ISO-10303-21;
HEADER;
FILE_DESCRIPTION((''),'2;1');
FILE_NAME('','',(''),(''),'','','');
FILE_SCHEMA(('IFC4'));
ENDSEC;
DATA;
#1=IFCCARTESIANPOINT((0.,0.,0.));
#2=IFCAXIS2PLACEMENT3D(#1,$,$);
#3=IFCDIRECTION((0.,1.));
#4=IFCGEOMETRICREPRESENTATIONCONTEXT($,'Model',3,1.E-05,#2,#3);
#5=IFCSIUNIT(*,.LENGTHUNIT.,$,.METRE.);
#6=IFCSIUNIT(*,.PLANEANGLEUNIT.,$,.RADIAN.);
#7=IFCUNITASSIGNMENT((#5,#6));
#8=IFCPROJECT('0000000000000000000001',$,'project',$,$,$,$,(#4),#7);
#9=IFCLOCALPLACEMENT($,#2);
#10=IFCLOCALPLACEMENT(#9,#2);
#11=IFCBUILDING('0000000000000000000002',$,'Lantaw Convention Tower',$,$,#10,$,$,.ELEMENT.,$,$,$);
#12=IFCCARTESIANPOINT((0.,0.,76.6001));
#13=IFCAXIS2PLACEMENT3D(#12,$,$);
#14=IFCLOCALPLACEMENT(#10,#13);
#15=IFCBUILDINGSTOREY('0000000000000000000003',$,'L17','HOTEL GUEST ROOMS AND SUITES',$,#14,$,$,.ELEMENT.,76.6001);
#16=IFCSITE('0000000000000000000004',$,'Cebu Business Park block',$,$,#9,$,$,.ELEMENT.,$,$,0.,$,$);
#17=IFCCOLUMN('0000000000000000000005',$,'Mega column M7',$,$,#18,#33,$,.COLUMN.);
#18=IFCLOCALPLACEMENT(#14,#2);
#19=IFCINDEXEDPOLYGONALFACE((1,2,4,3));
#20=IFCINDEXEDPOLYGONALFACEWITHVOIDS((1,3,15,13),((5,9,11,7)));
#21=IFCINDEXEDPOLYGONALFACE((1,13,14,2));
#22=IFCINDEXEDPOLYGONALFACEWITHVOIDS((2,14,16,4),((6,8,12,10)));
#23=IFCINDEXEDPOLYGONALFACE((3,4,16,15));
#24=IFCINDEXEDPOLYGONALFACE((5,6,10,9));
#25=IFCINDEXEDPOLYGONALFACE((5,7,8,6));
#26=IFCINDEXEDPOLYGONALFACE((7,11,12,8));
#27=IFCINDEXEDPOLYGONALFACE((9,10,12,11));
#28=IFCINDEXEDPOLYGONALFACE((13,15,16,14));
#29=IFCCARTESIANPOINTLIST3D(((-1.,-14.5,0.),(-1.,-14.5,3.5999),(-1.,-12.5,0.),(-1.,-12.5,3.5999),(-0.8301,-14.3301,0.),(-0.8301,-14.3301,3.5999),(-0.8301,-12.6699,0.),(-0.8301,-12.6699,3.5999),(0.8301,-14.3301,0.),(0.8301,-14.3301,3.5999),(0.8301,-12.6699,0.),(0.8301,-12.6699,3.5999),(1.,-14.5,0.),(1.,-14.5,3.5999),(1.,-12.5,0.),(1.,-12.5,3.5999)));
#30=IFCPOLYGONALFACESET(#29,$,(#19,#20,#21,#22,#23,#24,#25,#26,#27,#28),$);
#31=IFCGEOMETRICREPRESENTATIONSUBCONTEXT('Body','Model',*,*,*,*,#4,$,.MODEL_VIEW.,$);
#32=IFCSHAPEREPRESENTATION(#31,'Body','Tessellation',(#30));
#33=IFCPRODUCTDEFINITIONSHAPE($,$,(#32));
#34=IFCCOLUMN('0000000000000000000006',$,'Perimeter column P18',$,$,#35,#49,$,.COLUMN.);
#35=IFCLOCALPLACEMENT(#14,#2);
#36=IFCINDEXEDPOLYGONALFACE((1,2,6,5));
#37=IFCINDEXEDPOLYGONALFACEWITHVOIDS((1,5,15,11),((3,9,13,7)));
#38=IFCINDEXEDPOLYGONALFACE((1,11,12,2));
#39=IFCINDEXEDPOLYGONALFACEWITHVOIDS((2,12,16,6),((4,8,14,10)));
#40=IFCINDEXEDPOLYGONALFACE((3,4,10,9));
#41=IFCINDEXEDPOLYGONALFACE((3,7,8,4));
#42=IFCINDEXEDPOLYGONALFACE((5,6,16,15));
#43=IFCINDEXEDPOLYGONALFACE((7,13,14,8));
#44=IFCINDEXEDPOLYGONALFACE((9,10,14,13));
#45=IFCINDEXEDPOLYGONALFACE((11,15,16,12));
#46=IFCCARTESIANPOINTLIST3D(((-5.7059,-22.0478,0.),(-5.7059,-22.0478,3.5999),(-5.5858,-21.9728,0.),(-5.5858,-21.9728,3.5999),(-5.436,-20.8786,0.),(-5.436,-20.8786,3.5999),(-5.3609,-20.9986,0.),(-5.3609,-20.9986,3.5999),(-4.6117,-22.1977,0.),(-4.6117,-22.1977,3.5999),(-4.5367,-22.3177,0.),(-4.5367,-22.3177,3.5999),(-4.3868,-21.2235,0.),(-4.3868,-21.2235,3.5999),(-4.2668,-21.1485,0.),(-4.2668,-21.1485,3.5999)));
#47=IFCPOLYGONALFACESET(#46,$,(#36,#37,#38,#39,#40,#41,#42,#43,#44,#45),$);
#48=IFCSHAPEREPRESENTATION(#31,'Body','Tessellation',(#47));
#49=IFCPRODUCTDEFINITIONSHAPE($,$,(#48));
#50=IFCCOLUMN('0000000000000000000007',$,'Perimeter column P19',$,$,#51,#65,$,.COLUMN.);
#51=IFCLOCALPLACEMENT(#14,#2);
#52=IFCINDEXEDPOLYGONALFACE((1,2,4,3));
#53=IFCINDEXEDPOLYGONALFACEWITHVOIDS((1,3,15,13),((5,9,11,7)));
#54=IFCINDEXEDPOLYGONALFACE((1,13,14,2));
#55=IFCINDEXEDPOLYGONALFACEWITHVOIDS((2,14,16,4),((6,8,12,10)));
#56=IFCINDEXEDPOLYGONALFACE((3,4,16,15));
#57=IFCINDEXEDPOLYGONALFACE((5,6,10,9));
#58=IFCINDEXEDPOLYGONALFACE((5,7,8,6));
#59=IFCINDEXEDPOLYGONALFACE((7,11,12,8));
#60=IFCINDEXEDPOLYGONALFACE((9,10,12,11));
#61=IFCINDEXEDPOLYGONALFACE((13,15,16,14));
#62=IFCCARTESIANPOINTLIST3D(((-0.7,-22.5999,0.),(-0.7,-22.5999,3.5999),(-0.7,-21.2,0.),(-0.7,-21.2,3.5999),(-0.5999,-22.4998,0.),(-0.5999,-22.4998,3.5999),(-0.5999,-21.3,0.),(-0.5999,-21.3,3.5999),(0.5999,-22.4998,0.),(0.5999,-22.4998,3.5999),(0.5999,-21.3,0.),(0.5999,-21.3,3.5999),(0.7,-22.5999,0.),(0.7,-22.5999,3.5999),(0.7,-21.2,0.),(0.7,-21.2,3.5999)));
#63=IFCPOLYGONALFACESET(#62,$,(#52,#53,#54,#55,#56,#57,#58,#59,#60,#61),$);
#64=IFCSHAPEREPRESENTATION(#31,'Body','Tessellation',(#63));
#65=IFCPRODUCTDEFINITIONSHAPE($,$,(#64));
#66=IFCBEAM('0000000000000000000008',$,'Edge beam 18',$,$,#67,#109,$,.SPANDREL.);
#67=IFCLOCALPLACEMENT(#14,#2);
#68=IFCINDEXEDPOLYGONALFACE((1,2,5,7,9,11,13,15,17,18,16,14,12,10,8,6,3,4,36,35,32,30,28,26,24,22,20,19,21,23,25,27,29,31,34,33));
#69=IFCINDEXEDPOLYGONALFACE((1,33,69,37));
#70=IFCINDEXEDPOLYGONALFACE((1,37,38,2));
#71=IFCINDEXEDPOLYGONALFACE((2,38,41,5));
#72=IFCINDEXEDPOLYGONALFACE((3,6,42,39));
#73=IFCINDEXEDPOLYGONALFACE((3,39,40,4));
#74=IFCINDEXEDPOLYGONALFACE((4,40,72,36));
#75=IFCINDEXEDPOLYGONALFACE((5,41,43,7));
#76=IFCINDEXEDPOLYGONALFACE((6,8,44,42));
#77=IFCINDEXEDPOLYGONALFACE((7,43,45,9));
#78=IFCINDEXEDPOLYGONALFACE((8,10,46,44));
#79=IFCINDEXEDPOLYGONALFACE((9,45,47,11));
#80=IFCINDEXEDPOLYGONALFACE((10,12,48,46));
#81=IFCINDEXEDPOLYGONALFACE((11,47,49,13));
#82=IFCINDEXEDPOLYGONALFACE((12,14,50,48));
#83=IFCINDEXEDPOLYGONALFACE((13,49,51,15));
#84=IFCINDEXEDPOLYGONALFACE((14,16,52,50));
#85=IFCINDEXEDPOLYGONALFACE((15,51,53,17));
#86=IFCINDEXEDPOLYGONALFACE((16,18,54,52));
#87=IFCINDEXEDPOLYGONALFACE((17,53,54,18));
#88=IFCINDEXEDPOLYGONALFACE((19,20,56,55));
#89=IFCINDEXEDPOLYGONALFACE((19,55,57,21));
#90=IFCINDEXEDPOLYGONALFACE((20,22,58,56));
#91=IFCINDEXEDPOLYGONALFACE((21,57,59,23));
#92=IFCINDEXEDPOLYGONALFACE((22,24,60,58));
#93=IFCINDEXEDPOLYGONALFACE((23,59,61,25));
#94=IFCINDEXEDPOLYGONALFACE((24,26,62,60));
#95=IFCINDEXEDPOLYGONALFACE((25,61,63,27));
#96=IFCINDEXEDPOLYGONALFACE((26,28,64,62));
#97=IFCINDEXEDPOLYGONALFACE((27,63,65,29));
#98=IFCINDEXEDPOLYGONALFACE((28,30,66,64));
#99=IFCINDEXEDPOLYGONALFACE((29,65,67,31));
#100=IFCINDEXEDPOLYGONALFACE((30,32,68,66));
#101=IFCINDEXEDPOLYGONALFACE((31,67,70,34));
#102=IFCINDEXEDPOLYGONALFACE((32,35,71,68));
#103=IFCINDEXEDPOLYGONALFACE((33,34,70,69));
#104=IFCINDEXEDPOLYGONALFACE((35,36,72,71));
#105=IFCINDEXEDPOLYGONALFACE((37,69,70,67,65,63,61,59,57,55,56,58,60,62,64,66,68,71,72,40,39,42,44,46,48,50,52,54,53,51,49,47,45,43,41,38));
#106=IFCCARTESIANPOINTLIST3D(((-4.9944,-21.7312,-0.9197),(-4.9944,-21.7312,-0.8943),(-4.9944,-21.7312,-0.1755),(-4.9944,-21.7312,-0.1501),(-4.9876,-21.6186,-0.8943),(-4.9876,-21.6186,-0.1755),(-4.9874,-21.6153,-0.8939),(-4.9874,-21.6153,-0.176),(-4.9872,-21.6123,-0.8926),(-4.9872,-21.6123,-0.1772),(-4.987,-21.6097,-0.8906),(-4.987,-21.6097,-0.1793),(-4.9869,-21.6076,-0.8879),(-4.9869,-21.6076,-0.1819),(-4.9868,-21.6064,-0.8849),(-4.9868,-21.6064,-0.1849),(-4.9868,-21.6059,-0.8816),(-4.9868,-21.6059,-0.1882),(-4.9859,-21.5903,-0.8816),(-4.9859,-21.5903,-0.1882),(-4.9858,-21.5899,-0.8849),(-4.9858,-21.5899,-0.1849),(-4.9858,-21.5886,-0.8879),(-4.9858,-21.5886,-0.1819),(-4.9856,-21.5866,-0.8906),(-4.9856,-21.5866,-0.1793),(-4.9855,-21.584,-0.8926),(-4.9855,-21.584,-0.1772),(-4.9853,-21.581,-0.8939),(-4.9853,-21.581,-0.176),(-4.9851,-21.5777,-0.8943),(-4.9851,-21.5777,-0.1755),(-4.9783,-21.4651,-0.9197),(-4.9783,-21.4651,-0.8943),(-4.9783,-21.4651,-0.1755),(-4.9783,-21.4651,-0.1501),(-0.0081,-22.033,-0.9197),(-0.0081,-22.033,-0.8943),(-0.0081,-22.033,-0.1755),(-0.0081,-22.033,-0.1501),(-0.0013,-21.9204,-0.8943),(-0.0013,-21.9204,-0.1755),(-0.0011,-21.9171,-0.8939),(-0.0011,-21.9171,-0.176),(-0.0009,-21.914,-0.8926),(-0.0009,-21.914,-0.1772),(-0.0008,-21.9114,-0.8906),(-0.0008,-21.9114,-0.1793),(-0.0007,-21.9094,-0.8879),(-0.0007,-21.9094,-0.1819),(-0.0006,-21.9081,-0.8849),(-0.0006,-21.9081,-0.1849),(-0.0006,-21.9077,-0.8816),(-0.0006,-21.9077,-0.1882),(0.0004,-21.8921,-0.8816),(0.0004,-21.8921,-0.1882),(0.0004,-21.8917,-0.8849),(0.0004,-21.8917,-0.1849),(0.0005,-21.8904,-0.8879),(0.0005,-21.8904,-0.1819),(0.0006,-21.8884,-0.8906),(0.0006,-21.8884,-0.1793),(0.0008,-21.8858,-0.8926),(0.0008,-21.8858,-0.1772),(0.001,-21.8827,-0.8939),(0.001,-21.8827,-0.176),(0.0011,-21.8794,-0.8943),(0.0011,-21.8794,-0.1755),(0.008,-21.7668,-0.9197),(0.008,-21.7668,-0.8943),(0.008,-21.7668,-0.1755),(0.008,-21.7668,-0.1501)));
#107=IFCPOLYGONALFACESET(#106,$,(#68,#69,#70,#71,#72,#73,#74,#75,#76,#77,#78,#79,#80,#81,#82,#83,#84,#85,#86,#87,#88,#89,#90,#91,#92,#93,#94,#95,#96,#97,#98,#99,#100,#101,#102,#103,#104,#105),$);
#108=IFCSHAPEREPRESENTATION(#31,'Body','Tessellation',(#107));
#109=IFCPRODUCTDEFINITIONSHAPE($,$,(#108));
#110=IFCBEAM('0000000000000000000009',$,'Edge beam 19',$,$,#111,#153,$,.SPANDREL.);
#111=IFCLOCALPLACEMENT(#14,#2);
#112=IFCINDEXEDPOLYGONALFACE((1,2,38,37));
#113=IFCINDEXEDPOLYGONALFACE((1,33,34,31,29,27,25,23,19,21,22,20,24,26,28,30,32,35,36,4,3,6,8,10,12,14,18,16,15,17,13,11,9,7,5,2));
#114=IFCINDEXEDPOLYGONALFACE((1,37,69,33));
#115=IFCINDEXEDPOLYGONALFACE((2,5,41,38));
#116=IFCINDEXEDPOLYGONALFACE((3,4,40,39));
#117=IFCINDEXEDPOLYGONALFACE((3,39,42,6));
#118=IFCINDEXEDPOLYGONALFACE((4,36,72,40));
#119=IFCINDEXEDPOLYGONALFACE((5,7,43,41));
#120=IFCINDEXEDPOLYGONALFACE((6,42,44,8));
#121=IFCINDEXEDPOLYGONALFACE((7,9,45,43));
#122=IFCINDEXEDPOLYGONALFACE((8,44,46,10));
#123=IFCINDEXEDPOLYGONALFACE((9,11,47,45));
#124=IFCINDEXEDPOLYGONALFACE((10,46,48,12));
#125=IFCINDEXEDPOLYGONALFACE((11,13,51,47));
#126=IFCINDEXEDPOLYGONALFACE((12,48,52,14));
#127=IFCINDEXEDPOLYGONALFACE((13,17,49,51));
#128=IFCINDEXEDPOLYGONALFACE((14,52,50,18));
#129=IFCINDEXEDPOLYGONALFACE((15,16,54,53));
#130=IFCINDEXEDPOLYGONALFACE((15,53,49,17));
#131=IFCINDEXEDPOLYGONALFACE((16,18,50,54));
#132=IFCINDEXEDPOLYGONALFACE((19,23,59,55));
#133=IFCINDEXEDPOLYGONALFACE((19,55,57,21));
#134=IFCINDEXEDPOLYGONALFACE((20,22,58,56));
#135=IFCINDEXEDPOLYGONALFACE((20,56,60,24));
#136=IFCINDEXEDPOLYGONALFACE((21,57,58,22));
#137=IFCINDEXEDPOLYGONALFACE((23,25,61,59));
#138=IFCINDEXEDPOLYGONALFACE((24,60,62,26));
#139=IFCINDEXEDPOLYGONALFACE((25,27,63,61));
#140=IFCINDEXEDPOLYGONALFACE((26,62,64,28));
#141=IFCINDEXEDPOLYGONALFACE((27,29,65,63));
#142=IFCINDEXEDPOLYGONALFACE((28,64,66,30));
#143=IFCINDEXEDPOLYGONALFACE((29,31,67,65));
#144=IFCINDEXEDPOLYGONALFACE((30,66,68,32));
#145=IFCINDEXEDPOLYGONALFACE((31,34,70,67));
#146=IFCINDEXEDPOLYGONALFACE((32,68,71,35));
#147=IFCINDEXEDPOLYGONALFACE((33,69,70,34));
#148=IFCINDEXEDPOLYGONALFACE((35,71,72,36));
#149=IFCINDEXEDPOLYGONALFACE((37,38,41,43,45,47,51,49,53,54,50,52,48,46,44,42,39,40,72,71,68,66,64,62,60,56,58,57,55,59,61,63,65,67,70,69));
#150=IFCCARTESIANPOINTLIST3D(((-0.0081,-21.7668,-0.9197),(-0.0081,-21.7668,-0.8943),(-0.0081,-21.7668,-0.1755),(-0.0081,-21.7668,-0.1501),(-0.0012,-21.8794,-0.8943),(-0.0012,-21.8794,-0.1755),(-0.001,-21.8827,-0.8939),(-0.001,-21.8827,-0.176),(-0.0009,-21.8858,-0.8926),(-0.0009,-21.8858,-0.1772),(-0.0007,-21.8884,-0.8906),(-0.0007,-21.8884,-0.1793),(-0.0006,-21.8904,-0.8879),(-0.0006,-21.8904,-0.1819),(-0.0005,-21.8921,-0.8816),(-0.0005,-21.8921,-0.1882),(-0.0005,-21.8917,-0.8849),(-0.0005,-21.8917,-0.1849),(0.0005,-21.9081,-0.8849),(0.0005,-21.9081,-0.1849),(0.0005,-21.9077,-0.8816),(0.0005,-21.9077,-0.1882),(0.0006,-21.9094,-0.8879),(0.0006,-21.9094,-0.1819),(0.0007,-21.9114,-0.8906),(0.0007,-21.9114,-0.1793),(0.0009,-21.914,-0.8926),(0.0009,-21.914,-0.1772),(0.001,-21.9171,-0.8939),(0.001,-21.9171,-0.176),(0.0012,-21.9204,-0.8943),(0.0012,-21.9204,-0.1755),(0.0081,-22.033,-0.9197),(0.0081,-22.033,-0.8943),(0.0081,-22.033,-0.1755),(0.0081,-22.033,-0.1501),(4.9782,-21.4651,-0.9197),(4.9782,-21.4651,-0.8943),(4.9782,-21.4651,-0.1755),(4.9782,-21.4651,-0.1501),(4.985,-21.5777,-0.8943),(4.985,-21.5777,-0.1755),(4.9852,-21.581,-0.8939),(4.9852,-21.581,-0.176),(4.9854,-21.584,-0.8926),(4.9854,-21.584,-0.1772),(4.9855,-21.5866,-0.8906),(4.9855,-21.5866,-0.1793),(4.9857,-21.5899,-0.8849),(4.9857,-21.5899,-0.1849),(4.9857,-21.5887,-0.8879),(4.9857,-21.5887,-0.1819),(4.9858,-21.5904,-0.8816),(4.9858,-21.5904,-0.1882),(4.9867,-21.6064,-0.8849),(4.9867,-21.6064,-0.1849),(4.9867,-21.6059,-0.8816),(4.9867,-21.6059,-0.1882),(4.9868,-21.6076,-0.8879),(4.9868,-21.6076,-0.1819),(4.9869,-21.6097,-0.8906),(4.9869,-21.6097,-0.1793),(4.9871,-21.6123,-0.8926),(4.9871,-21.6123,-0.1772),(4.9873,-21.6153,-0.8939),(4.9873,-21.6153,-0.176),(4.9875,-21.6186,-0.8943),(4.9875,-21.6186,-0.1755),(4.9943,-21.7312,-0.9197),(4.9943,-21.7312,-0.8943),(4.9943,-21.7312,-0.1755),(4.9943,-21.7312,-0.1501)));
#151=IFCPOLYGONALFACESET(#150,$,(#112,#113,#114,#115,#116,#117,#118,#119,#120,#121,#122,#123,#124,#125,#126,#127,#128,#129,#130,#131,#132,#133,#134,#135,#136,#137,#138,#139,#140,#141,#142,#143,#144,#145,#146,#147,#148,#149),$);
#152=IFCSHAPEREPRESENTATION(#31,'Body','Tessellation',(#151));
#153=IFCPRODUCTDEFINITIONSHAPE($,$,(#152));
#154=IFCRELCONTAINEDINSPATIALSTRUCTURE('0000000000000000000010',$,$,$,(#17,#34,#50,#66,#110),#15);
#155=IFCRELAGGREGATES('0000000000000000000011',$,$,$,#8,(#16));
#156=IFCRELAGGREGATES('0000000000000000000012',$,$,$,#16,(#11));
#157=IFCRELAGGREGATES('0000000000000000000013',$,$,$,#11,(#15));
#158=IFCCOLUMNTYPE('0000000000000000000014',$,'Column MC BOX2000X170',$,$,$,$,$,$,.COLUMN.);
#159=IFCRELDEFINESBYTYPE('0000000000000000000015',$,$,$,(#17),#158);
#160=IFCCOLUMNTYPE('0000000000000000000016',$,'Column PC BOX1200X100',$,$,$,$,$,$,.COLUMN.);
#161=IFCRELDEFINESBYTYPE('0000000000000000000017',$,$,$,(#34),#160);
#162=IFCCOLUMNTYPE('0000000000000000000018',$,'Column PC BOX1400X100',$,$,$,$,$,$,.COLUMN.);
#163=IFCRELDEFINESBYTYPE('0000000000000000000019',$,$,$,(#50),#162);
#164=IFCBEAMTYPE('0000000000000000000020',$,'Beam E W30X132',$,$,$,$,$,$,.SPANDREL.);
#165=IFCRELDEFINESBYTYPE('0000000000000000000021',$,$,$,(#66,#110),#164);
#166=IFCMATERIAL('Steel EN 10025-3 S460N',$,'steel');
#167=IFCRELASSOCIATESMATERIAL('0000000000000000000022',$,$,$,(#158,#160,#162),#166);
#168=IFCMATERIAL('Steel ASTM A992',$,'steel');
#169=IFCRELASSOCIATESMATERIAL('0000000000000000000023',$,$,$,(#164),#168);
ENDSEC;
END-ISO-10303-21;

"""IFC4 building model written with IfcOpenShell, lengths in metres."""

from ifc_helpers import new_model, si_unit, direction, frame, origin, origin_2d, place, context, subcontext, project, spatial, rectangle, hollow_rectangle, i_section, extrude, material, material_profile, profile_set, type_object, element, save


model = new_model("IFC4")

# Units and contexts
model_context = context("Model", 3, precision=1e-05, world=origin(), true_north=direction((0.0, 1.0)))
body_context = subcontext(model_context, "Body", "Model", "MODEL_VIEW")
ifc_project = project(units=[si_unit("LENGTHUNIT", "METRE"), si_unit("PLANEANGLEUNIT", "RADIAN")], contexts=[model_context])

# Site, building, storey
site_placement = place(None, origin())
site = spatial("IfcSite", under=ifc_project, at=site_placement, Name="Cebu Business Park block", CompositionType="ELEMENT", RefElevation=0.0)
building_placement = place(site_placement, origin())
building = spatial("IfcBuilding", under=site, at=building_placement, Name="Lantaw Convention Tower", CompositionType="ELEMENT")
storey_placement = place(building_placement, frame((0.0, 0.0, 76.6001)))
storey = spatial("IfcBuildingStorey", under=building, at=storey_placement, Name="L17", Description="HOTEL GUEST ROOMS AND SUITES", CompositionType="ELEMENT", Elevation=76.6001)

# Columns
ifc_material_1 = material(Name="Steel EN 10025-3 S460N", Category="steel")
ifc_material_profile_1 = material_profile(ifc_material_1, hollow_rectangle(XDim=2.0, YDim=2.0, WallThickness=0.1699, at=origin_2d()), Name="BOX2000X170")
ifc_material_2 = material(Name="Concrete C60/75", Category="concrete")
ifc_material_profile_2 = material_profile(ifc_material_2, rectangle(XDim=1.6599, YDim=1.6599, at=origin_2d()), Name="Concrete fill of BOX2000X170")
ifc_profile_set_1 = profile_set([ifc_material_profile_1, ifc_material_profile_2], Name="Steel EN 10025-3 S460N")
column_type_1 = type_object("IfcColumnType", Name="Column MC BOX2000X170", PredefinedType="COLUMN", material=ifc_profile_set_1)
column_1_placement = place(storey_placement, frame((0.0, -13.5, 0.0), z_axis=(0.0, 0.0, 1.0), x_axis=(1.0, 0.0, 0.0)))
element("IfcColumn", 1, at=column_1_placement, inside=storey, type_object=column_type_1, Name="Mega column M7", PredefinedType="COLUMN", context=body_context, shape_type="SweptSolid", body=[
    extrude(hollow_rectangle(XDim=2.0, YDim=2.0, WallThickness=0.1699, at=origin_2d()), origin(), (0.0, 0.0, 1.0), 3.5999),
])
ifc_material_profile_3 = material_profile(ifc_material_1, hollow_rectangle(XDim=1.2, YDim=1.2, WallThickness=0.1001, at=origin_2d()), Name="BOX1200X100")
ifc_material_profile_4 = material_profile(ifc_material_2, rectangle(XDim=1.0, YDim=1.0, at=origin_2d()), Name="Concrete fill of BOX1200X100")
ifc_profile_set_2 = profile_set([ifc_material_profile_3, ifc_material_profile_4], Name="Steel EN 10025-3 S460N")
column_type_2 = type_object("IfcColumnType", Name="Column PC BOX1200X100", PredefinedType="COLUMN", material=ifc_profile_set_2)
column_2_placement = place(storey_placement, frame((-4.9863, -21.5981, 0.0), z_axis=(0.0, 0.0, 1.0), x_axis=(0.224951, 0.97437, 0.0)))
element("IfcColumn", 2, at=column_2_placement, inside=storey, type_object=column_type_2, Name="Perimeter column P18", PredefinedType="COLUMN", context=body_context, shape_type="SweptSolid", body=[
    extrude(hollow_rectangle(XDim=1.2, YDim=1.2, WallThickness=0.1001, at=origin_2d()), origin(), (0.0, 0.0, 1.0), 3.5999),
])
ifc_material_profile_5 = material_profile(ifc_material_1, hollow_rectangle(XDim=1.3999, YDim=1.3999, WallThickness=0.1001, at=origin_2d()), Name="BOX1400X100")
ifc_material_profile_6 = material_profile(ifc_material_2, rectangle(XDim=1.2, YDim=1.2, at=origin_2d()), Name="Concrete fill of BOX1400X100")
ifc_profile_set_3 = profile_set([ifc_material_profile_5, ifc_material_profile_6], Name="Steel EN 10025-3 S460N")
column_type_3 = type_object("IfcColumnType", Name="Column PC BOX1400X100", PredefinedType="COLUMN", material=ifc_profile_set_3)
column_3_placement = place(storey_placement, frame((0.0, -21.8999, 0.0), z_axis=(0.0, 0.0, 1.0), x_axis=(1.0, 0.0, 0.0)))
element("IfcColumn", 3, at=column_3_placement, inside=storey, type_object=column_type_3, Name="Perimeter column P19", PredefinedType="COLUMN", context=body_context, shape_type="SweptSolid", body=[
    extrude(hollow_rectangle(XDim=1.3999, YDim=1.3999, WallThickness=0.1001, at=origin_2d()), origin(), (0.0, 0.0, 1.0), 3.5999),
])

# Beams
ifc_material_3 = material(Name="Steel ASTM A992", Category="steel")
ifc_material_profile_7 = material_profile(ifc_material_3, i_section(OverallWidth=0.2666, OverallDepth=0.7695, WebThickness=0.0156, FlangeThickness=0.0254, FilletRadius=0.0127, at=origin_2d()), Name="W30X132")
ifc_profile_set_4 = profile_set([ifc_material_profile_7], Name="Steel ASTM A992")
beam_type_1 = type_object("IfcBeamType", Name="Beam E W30X132", PredefinedType="SPANDREL", material=ifc_profile_set_4)
for number, where, z_axis, x_axis, name in (
    (4, (-4.9863, -21.5981, -0.5349), (0.998174, -0.060407, 0.0), (0.060407, 0.998174, 0.0), "Edge beam 18"),
    (5, (0.0, -21.8999, -0.5349), (0.998174, 0.060407, 0.0), (-0.060407, 0.998174, 0.0), "Edge beam 19"),
):
    element("IfcBeam", number, at=place(storey_placement, frame(where, z_axis=z_axis, x_axis=x_axis)), inside=storey, type_object=beam_type_1, Name=name, PredefinedType="SPANDREL", context=body_context, shape_type="SweptSolid", body=[
        extrude(i_section(OverallWidth=0.2666, OverallDepth=0.7695, WebThickness=0.0156, FlangeThickness=0.0254, FilletRadius=0.0127, at=origin_2d()), origin(), (0.0, 0.0, 1.0), 4.9954),
    ])

save(model, "model.ifc")
